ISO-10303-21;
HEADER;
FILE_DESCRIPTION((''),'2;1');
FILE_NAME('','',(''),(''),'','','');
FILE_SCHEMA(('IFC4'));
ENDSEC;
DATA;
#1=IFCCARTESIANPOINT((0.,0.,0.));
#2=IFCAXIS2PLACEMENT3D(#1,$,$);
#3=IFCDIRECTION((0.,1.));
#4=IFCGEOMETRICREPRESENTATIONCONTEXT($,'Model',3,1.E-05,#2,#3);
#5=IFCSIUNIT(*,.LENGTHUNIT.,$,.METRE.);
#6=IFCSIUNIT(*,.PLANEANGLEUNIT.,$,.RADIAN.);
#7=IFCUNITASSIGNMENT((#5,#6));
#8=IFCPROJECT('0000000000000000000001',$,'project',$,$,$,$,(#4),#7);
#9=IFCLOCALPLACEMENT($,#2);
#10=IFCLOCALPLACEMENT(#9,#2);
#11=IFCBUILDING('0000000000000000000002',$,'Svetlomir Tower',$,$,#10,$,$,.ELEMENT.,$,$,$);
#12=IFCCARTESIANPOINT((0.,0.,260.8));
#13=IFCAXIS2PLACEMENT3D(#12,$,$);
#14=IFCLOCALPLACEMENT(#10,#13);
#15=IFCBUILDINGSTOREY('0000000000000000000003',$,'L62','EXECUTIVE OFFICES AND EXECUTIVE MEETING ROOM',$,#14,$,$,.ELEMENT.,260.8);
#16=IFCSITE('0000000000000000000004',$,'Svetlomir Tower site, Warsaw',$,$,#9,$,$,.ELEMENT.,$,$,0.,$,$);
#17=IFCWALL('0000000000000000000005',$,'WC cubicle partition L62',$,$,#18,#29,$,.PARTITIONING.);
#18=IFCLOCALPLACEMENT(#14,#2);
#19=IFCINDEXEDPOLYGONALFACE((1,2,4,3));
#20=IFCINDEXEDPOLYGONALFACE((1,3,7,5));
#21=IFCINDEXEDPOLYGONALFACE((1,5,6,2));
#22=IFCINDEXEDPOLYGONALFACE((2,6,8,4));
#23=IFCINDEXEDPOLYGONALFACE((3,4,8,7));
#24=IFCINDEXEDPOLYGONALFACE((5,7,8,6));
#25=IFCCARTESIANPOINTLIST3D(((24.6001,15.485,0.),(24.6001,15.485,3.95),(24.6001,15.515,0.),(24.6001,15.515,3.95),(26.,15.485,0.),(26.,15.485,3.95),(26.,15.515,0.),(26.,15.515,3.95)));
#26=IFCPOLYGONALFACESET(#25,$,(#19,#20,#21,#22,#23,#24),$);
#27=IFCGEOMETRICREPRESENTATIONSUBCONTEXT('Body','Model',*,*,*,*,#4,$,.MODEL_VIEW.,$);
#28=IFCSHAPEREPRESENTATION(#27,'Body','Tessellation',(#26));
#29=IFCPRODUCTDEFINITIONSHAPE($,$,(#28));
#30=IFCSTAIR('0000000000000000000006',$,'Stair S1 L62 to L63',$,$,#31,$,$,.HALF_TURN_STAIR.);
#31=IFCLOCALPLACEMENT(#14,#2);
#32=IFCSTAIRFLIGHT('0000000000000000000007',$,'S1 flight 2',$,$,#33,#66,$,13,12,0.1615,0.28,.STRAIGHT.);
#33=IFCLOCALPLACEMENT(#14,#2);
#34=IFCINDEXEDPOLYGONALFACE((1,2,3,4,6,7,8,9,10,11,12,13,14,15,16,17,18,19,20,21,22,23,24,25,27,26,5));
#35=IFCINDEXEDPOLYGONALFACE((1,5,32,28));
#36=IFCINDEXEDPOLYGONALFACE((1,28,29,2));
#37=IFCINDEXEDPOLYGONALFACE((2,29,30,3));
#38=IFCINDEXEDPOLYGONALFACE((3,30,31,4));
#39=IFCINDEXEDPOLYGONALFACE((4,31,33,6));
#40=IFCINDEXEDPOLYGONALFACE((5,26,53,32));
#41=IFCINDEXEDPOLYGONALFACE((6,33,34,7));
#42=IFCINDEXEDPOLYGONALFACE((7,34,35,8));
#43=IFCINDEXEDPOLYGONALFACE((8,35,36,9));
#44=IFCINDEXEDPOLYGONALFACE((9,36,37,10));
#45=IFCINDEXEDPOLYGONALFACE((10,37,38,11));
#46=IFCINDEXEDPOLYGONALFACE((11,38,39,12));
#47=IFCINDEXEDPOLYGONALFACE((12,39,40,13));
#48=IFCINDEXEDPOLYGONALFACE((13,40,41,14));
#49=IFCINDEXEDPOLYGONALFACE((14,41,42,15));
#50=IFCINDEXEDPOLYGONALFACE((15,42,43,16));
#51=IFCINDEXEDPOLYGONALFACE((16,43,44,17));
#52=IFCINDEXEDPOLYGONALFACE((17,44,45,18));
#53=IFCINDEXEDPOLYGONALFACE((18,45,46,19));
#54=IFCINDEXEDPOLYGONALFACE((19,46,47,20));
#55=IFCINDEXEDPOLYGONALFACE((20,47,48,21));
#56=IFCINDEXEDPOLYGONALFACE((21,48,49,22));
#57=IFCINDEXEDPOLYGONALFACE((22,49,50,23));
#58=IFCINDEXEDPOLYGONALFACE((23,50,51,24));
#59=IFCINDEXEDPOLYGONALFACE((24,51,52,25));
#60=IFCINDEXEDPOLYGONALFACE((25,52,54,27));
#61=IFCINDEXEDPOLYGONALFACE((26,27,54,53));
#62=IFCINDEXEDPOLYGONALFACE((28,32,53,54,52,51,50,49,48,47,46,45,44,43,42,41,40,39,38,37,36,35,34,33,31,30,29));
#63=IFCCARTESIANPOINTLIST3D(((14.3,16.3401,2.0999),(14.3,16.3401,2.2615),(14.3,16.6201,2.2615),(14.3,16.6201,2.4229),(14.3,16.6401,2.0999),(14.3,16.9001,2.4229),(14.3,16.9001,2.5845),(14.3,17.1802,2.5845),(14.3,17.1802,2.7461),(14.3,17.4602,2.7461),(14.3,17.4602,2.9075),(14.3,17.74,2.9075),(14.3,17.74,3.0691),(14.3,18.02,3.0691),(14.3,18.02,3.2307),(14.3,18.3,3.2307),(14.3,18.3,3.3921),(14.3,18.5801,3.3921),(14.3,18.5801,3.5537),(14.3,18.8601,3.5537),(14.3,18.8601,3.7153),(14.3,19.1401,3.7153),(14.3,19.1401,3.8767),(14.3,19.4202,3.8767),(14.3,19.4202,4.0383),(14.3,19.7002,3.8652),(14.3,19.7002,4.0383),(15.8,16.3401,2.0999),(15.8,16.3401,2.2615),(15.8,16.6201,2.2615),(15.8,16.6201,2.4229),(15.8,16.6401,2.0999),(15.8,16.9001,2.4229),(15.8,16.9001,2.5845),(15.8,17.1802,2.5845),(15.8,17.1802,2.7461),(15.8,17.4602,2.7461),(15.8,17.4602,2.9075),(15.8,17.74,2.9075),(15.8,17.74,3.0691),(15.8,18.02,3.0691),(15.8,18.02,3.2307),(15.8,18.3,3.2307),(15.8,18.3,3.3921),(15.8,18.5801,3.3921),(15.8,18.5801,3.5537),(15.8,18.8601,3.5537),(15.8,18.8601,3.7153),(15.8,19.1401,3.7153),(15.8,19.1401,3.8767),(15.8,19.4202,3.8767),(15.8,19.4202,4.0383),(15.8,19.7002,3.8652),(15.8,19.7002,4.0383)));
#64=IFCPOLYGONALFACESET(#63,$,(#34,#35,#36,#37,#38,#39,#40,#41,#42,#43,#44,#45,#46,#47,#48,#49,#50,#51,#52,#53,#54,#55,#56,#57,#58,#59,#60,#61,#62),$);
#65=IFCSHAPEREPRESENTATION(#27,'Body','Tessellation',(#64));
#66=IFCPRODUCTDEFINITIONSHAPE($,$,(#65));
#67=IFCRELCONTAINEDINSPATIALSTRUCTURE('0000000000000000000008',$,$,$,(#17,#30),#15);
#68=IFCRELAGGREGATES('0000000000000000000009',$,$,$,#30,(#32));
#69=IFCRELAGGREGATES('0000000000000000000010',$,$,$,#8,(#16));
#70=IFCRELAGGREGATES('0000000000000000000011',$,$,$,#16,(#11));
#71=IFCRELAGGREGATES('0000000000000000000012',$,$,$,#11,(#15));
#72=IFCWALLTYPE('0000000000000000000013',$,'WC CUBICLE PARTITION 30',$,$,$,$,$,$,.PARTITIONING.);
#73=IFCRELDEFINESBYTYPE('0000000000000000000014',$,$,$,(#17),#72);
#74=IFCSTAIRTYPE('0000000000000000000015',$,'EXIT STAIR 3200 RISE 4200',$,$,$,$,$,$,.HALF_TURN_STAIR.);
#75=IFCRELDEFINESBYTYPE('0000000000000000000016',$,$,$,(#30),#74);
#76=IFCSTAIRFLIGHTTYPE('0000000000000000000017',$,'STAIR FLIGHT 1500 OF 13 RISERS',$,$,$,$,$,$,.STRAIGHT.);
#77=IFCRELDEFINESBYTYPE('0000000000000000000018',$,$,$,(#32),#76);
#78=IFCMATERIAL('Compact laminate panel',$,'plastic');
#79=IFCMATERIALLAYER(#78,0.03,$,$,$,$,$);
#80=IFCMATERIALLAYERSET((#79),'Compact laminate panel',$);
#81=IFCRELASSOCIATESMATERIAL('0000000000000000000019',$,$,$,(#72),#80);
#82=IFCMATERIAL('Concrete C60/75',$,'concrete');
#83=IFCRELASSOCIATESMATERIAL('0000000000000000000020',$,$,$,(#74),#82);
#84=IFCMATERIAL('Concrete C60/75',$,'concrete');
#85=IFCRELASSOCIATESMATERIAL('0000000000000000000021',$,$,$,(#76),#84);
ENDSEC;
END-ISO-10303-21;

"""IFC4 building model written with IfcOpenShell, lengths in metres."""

from ifc_helpers import new_model, si_unit, direction, frame, frame_2d, origin, place, context, subcontext, project, spatial, polyline, rectangle, outline, extrude, material, layer, layer_set, type_object, element, aggregate, save


model = new_model("IFC4")

# Units and contexts
model_context = context("Model", 3, precision=1e-05, world=origin(), true_north=direction((0.0, 1.0)))
body_context = subcontext(model_context, "Body", "Model", "MODEL_VIEW")
ifc_project = project(units=[si_unit("LENGTHUNIT", "METRE"), si_unit("PLANEANGLEUNIT", "RADIAN")], contexts=[model_context])

# Site, building, storey
site_placement = place(None, origin())
site = spatial("IfcSite", under=ifc_project, at=site_placement, Name="Svetlomir Tower site, Warsaw", CompositionType="ELEMENT", RefElevation=0.0)
building_placement = place(site_placement, origin())
building = spatial("IfcBuilding", under=site, at=building_placement, Name="Svetlomir Tower", CompositionType="ELEMENT")
storey_placement = place(building_placement, frame((0.0, 0.0, 260.8)))
storey = spatial("IfcBuildingStorey", under=building, at=storey_placement, Name="L62", Description="EXECUTIVE OFFICES AND EXECUTIVE MEETING ROOM", CompositionType="ELEMENT", Elevation=260.8)

# Wall
ifc_material_1 = material(Name="Compact laminate panel", Category="plastic")
ifc_layer_1 = layer(ifc_material_1, 0.03)
ifc_layer_set_1 = layer_set([ifc_layer_1], Name="Compact laminate panel")
wall_type_1 = type_object("IfcWallType", Name="WC CUBICLE PARTITION 30", PredefinedType="PARTITIONING", material=ifc_layer_set_1)
wall_1_placement = place(storey_placement, frame((24.6001, 15.5, 0.0), z_axis=(0.0, 0.0, 1.0), x_axis=(1.0, 0.0, 0.0)))
element("IfcWall", 1, at=wall_1_placement, inside=storey, type_object=wall_type_1, Name="WC cubicle partition L62", PredefinedType="PARTITIONING", context=body_context, shape_type="SweptSolid", body=[
    extrude(rectangle(XDim=1.3999, YDim=0.03, at=frame_2d((0.7, 0.0))), origin(), (0.0, 0.0, 1.0), 3.95),
])

# Stair, stair flight
ifc_material_2 = material(Name="Concrete C60/75", Category="concrete")
stair_type = type_object("IfcStairType", Name="EXIT STAIR 3200 RISE 4200", PredefinedType="HALF_TURN_STAIR", material=ifc_material_2)
stair_placement = place(storey_placement, origin())
stair = element("IfcStair", 2, at=stair_placement, inside=storey, type_object=stair_type, Name="Stair S1 L62 to L63", PredefinedType="HALF_TURN_STAIR")
ifc_material_3 = material(Name="Concrete C60/75", Category="concrete")
stair_flight_type = type_object("IfcStairFlightType", Name="STAIR FLIGHT 1500 OF 13 RISERS", PredefinedType="STRAIGHT", material=ifc_material_3)
stair_flight_placement = place(storey_placement, frame((15.05, 16.3401, 2.0999), z_axis=(0.0, 0.0, 1.0), x_axis=(0.0, 1.0, 0.0)))
stair_flight = element("IfcStairFlight", 3, at=stair_flight_placement, type_object=stair_flight_type, Name="S1 flight 2", NumberOfRisers=13, NumberOfTreads=12, PredefinedType="STRAIGHT", RiserHeight=0.1615, TreadLength=0.28, context=body_context, shape_type="SweptSolid", body=[
    extrude(outline(polyline([(0.0, 0.0), (0.0, 0.1616), (0.28, 0.1616), (0.28, 0.323), (0.5601, 0.323), (0.5601, 0.4846), (0.8401, 0.4846), (0.8401, 0.6462), (1.1201, 0.6462), (1.1201, 0.8076), (1.3999, 0.8076), (1.3999, 0.9692), (1.6799, 0.9692), (1.6799, 1.1309), (1.96, 1.1309), (1.96, 1.2922), (2.24, 1.2922), (2.24, 1.4539), (2.52, 1.4539), (2.52, 1.6155), (2.8, 1.6155), (2.8, 1.7769), (3.0801, 1.7769), (3.0801, 1.9385), (3.3601, 1.9385), (3.3601, 2.1001), (3.3601, 1.7654), (0.3, 0.0), (0.0, 0.0)])), frame((0.0, 0.75, 0.0), z_axis=(0.0, -1.0, 0.0), x_axis=(1.0, 0.0, 0.0)), (0.0, 0.0, 1.0), 1.5),
])
aggregate(stair, [stair_flight])

save(model, "model.ifc")
